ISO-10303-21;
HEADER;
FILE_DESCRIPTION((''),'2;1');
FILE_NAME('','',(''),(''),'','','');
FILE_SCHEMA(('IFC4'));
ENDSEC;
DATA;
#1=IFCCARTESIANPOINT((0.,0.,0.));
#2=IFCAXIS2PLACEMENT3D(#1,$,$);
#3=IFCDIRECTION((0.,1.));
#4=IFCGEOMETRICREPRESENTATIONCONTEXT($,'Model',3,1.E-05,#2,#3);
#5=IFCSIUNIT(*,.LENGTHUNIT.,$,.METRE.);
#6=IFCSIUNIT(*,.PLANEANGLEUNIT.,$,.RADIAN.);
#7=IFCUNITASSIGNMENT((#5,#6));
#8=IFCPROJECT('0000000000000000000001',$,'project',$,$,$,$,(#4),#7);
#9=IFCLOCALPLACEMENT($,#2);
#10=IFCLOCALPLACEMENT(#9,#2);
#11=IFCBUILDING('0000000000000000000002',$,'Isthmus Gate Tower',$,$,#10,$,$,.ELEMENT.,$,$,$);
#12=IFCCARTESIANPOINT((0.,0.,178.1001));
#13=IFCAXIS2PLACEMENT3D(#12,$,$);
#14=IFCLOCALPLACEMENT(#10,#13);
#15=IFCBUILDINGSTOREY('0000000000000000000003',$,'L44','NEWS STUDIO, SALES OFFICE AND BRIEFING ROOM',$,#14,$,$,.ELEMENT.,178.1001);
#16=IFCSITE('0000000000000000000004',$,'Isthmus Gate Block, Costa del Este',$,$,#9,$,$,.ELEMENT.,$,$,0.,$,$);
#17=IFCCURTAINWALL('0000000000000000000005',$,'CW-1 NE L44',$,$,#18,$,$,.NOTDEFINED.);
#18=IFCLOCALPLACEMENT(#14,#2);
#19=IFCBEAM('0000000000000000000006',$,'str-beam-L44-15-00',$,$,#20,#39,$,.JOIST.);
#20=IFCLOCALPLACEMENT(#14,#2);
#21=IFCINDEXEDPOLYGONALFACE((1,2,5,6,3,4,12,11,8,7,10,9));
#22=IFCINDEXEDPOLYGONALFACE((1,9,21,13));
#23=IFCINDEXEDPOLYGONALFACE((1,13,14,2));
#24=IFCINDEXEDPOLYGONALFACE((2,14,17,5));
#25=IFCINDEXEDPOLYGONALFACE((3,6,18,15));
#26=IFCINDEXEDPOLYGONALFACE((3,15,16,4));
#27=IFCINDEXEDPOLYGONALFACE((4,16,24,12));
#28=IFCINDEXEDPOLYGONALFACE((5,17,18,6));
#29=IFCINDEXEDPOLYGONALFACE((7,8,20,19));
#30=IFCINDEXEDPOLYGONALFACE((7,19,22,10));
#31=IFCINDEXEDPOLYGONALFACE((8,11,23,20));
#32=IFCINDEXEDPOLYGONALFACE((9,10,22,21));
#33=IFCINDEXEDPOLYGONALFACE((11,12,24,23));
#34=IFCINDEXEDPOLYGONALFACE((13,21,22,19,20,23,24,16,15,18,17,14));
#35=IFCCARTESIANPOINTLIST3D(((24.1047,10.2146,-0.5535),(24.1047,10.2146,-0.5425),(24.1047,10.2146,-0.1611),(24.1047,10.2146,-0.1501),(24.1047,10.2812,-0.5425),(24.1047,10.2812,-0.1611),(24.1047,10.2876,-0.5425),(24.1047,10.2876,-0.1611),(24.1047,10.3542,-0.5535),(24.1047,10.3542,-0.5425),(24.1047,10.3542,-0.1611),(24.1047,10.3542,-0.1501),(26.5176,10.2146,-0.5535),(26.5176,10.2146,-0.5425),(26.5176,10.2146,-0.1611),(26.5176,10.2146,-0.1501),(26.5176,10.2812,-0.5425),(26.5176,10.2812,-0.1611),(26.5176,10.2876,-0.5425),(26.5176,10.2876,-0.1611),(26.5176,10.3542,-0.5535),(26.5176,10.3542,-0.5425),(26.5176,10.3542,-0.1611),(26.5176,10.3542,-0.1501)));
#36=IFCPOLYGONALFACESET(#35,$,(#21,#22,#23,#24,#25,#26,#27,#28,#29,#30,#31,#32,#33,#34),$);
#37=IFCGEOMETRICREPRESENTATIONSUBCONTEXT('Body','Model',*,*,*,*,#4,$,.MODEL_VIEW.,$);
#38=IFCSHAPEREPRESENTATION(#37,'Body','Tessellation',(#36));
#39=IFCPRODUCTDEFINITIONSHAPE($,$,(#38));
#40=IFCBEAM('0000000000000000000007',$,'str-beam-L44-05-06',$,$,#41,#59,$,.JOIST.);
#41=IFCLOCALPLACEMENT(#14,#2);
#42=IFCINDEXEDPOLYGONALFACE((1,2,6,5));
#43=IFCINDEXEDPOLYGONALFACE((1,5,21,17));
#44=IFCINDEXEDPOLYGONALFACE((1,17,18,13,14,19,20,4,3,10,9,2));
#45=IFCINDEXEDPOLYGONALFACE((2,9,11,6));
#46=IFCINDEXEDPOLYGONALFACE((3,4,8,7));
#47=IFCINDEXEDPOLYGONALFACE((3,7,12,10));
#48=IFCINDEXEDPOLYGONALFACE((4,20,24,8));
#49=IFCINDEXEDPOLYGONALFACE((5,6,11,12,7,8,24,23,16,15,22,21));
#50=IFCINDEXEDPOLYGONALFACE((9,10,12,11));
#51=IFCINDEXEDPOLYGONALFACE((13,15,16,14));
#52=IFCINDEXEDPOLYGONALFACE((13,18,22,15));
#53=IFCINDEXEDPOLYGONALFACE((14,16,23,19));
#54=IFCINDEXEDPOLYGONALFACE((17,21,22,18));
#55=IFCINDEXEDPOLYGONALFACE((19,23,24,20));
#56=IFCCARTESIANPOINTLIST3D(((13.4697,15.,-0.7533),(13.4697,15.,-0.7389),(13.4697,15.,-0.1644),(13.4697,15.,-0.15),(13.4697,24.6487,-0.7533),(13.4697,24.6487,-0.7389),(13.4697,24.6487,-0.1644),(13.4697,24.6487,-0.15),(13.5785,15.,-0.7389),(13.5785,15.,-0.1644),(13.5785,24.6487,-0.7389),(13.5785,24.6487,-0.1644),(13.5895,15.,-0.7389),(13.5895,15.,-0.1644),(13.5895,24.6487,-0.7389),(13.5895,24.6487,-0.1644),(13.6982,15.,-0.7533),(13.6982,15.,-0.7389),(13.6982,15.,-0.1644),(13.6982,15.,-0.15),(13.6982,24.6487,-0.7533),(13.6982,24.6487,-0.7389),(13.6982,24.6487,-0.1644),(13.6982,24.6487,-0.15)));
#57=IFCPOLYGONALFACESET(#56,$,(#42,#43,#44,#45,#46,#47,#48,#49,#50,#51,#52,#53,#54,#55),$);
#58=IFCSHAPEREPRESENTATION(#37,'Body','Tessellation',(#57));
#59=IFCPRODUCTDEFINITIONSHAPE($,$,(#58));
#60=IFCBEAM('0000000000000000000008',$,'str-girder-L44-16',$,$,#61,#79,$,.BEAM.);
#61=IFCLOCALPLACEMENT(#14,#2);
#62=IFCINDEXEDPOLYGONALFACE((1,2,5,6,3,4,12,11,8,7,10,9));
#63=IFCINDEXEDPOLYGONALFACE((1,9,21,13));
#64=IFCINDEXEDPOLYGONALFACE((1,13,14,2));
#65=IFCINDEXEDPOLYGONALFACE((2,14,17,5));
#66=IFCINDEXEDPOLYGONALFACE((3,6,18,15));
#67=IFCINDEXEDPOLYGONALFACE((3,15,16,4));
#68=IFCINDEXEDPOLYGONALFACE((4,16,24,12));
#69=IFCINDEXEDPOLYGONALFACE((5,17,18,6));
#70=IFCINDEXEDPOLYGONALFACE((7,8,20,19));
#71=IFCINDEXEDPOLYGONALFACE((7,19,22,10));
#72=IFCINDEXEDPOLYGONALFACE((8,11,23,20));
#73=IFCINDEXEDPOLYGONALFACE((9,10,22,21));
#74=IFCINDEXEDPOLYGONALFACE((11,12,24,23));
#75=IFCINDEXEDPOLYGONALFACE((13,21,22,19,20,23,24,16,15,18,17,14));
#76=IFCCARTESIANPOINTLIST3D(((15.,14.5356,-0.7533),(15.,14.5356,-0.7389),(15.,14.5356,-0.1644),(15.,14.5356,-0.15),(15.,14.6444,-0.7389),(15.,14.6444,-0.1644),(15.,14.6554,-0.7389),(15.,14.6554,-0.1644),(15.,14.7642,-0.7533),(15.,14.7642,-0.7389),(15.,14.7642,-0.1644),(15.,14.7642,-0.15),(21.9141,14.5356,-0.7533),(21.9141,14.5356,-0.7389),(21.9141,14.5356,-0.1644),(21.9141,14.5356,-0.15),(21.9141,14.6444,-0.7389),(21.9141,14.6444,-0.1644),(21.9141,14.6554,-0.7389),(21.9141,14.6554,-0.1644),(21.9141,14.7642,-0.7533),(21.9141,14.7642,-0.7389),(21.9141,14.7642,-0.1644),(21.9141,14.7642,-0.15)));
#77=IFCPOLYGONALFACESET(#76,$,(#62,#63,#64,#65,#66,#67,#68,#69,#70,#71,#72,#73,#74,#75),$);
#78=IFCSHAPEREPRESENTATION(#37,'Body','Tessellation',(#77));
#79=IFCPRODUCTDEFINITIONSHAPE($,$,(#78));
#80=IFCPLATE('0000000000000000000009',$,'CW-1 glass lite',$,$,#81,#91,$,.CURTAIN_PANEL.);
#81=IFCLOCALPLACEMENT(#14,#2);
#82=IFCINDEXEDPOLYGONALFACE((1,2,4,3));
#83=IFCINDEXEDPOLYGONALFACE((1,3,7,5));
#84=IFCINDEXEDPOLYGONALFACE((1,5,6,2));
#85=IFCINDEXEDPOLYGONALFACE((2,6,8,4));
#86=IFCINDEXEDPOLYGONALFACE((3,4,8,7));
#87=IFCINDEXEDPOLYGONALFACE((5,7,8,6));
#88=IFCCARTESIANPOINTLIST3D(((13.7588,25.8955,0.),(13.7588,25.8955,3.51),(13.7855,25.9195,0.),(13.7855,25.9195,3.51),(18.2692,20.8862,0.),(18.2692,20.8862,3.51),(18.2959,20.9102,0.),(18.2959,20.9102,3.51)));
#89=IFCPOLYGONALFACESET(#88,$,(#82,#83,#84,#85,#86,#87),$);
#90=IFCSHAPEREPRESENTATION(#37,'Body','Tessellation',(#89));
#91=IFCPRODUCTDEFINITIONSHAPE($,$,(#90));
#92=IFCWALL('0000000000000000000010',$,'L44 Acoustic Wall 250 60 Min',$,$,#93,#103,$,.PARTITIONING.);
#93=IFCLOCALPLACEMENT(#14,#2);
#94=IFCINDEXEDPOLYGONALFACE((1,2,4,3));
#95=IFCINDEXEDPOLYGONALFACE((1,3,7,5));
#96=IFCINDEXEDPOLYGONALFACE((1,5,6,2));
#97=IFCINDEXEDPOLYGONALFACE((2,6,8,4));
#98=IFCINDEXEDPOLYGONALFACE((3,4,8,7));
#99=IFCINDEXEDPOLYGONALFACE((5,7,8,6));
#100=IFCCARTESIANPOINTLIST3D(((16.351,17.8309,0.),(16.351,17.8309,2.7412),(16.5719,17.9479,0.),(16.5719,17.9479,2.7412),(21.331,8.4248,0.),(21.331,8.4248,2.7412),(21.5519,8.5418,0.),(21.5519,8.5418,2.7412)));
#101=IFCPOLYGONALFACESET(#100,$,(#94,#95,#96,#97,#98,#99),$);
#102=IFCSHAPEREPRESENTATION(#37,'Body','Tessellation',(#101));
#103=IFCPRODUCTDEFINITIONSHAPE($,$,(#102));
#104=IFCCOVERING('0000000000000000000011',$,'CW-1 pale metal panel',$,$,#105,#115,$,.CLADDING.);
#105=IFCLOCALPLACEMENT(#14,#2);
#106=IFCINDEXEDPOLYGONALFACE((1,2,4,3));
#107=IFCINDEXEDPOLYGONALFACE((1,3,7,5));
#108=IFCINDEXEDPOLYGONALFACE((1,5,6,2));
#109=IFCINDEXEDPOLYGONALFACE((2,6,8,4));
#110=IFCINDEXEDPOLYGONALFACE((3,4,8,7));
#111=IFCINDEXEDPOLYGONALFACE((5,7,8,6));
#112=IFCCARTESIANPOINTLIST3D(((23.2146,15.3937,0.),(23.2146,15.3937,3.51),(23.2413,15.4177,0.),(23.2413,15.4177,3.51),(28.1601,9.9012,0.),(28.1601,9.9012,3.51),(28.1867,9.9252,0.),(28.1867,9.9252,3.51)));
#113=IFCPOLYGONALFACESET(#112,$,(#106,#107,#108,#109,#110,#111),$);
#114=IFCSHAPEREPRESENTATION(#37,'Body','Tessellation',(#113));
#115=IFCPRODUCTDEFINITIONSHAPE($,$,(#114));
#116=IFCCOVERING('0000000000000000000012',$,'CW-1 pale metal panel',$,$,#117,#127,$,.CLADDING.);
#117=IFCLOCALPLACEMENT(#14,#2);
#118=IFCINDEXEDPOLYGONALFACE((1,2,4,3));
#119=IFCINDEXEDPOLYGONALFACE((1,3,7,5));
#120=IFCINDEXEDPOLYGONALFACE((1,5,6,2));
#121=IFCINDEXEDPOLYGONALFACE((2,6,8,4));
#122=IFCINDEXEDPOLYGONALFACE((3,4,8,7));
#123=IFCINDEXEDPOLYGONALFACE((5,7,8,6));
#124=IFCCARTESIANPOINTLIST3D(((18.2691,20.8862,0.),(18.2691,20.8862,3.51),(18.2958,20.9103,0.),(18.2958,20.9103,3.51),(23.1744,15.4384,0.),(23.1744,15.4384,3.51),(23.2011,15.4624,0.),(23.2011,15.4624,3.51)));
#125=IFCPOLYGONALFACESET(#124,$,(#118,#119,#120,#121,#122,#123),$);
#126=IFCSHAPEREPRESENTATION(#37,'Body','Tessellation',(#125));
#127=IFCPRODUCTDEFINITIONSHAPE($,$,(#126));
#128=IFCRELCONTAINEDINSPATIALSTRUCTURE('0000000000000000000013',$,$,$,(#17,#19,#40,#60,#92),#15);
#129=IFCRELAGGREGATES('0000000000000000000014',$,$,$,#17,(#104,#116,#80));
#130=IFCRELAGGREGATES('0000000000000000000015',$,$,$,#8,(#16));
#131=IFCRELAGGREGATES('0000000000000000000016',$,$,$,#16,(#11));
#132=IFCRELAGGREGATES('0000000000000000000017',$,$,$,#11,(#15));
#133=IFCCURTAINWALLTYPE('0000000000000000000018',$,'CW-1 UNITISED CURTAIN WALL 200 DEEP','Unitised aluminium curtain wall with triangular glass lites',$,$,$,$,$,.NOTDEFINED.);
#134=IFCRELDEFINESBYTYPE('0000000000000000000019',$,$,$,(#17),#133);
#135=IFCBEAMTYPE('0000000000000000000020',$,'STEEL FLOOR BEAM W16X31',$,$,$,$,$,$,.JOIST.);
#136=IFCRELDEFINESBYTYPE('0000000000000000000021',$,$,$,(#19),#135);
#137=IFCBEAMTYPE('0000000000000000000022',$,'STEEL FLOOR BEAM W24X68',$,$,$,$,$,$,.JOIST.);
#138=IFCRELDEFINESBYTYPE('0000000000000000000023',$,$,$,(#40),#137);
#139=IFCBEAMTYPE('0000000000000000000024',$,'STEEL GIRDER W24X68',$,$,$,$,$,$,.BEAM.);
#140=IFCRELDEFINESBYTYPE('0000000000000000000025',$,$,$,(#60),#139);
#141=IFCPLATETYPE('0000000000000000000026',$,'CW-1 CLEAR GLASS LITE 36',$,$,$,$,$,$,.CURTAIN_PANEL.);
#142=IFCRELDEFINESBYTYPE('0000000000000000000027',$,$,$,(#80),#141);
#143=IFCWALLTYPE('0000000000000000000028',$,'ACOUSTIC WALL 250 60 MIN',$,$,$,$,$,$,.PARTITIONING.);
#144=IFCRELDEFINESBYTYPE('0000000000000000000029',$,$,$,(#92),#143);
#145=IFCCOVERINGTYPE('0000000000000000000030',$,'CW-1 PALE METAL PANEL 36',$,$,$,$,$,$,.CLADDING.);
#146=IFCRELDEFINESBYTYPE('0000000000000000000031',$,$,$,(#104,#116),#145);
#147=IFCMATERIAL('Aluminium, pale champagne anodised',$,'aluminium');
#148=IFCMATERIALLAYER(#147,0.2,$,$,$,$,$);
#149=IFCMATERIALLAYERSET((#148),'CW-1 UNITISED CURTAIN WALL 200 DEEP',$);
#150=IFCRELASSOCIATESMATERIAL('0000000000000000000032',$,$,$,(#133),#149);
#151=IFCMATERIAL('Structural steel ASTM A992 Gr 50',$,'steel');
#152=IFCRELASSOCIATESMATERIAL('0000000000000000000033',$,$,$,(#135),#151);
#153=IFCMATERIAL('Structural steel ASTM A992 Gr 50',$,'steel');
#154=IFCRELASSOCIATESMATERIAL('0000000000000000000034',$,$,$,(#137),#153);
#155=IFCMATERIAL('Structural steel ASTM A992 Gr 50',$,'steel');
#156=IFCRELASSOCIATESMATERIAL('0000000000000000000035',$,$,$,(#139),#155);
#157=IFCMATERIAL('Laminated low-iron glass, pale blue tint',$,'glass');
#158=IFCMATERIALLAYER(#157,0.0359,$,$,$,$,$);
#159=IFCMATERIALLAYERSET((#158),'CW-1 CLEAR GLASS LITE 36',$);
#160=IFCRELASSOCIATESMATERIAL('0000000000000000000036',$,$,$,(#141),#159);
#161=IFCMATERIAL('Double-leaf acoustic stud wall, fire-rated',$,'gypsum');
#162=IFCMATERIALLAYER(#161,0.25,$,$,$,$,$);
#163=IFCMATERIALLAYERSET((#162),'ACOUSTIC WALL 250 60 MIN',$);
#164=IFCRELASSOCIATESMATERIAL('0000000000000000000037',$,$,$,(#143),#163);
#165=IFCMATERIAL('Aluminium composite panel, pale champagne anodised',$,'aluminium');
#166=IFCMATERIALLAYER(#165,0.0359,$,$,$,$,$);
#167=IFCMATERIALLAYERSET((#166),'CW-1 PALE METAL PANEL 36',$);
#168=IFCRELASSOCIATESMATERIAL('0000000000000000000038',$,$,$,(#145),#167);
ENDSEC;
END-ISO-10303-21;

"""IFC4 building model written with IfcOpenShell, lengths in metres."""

from ifc_helpers import new_model, si_unit, direction, frame, frame_2d, origin, origin_2d, place, context, subcontext, project, spatial, rectangle, i_section, extrude, material, layer, layer_set, material_profile, profile_set, type_object, element, aggregate, save


model = new_model("IFC4")

# Units and contexts
model_context = context("Model", 3, precision=1e-05, world=origin(), true_north=direction((0.0, 1.0)))
body_context = subcontext(model_context, "Body", "Model", "MODEL_VIEW")
ifc_project = project(units=[si_unit("LENGTHUNIT", "METRE"), si_unit("PLANEANGLEUNIT", "RADIAN")], contexts=[model_context])

# Site, building, storey
site_placement = place(None, origin())
site = spatial("IfcSite", under=ifc_project, at=site_placement, Name="Isthmus Gate Block, Costa del Este", CompositionType="ELEMENT", RefElevation=0.0)
building_placement = place(site_placement, origin())
building = spatial("IfcBuilding", under=site, at=building_placement, Name="Isthmus Gate Tower", CompositionType="ELEMENT")
storey_placement = place(building_placement, frame((0.0, 0.0, 178.1001)))
storey = spatial("IfcBuildingStorey", under=building, at=storey_placement, Name="L44", Description="NEWS STUDIO, SALES OFFICE AND BRIEFING ROOM", CompositionType="ELEMENT", Elevation=178.1001)

# Curtain wall
ifc_material_1 = material(Name="Aluminium, pale champagne anodised", Category="aluminium")
ifc_layer_1 = layer(ifc_material_1, 0.2)
ifc_layer_set_1 = layer_set([ifc_layer_1], Name="CW-1 UNITISED CURTAIN WALL 200 DEEP")
curtain_wall_type = type_object("IfcCurtainWallType", Name="CW-1 UNITISED CURTAIN WALL 200 DEEP", Description="Unitised aluminium curtain wall with triangular glass lites", PredefinedType="NOTDEFINED", material=ifc_layer_set_1)
curtain_wall_1_placement = place(storey_placement, origin())
curtain_wall_1 = element("IfcCurtainWall", 1, at=curtain_wall_1_placement, inside=storey, type_object=curtain_wall_type, Name="CW-1 NE L44", PredefinedType="NOTDEFINED")

# Beams
ifc_material_2 = material(Name="Structural steel ASTM A992 Gr 50", Category="steel")
ifc_material_profile_1 = material_profile(ifc_material_2, i_section(OverallWidth=0.1396, OverallDepth=0.4033, WebThickness=0.0063, FlangeThickness=0.011, at=origin_2d()), Name="W16X31")
ifc_profile_set_1 = profile_set([ifc_material_profile_1], Name="Structural steel ASTM A992 Gr 50")
beam_type_1 = type_object("IfcBeamType", Name="STEEL FLOOR BEAM W16X31", PredefinedType="JOIST", material=ifc_profile_set_1)
beam_1_placement = place(storey_placement, frame((24.1047, 10.2844, -0.3518), z_axis=(1.0, 0.0, 0.0), x_axis=(0.0, 1.0, 0.0)))
element("IfcBeam", 2, at=beam_1_placement, inside=storey, type_object=beam_type_1, Name="str-beam-L44-15-00", PredefinedType="JOIST", context=body_context, shape_type="SweptSolid", body=[
    extrude(i_section(OverallWidth=0.1396, OverallDepth=0.4033, WebThickness=0.0063, FlangeThickness=0.011, at=origin_2d()), origin(), (0.0, 0.0, 1.0), 2.4128),
])
ifc_material_3 = material(Name="Structural steel ASTM A992 Gr 50", Category="steel")
ifc_material_profile_2 = material_profile(ifc_material_3, i_section(OverallWidth=0.2285, OverallDepth=0.6033, WebThickness=0.011, FlangeThickness=0.0144, at=origin_2d()), Name="W24X68")
ifc_profile_set_2 = profile_set([ifc_material_profile_2], Name="Structural steel ASTM A992 Gr 50")
beam_type_2 = type_object("IfcBeamType", Name="STEEL FLOOR BEAM W24X68", PredefinedType="JOIST", material=ifc_profile_set_2)
beam_2_placement = place(storey_placement, frame((13.584, 15.0, -0.4517), z_axis=(0.0, 1.0, 0.0), x_axis=(-1.0, 0.0, 0.0)))
element("IfcBeam", 3, at=beam_2_placement, inside=storey, type_object=beam_type_2, Name="str-beam-L44-05-06", PredefinedType="JOIST", context=body_context, shape_type="SweptSolid", body=[
    extrude(i_section(OverallWidth=0.2285, OverallDepth=0.6033, WebThickness=0.011, FlangeThickness=0.0144, at=origin_2d()), origin(), (0.0, 0.0, 1.0), 9.6487),
])
ifc_material_4 = material(Name="Structural steel ASTM A992 Gr 50", Category="steel")
ifc_material_profile_3 = material_profile(ifc_material_4, i_section(OverallWidth=0.2285, OverallDepth=0.6033, WebThickness=0.011, FlangeThickness=0.0144, at=origin_2d()), Name="W24X68")
ifc_profile_set_3 = profile_set([ifc_material_profile_3], Name="Structural steel ASTM A992 Gr 50")
beam_type_3 = type_object("IfcBeamType", Name="STEEL GIRDER W24X68", PredefinedType="BEAM", material=ifc_profile_set_3)
beam_3_placement = place(storey_placement, frame((15.0, 14.6499, -0.4517), z_axis=(1.0, 0.0, 0.0), x_axis=(0.0, 1.0, 0.0)))
element("IfcBeam", 4, at=beam_3_placement, inside=storey, type_object=beam_type_3, Name="str-girder-L44-16", PredefinedType="BEAM", context=body_context, shape_type="SweptSolid", body=[
    extrude(i_section(OverallWidth=0.2285, OverallDepth=0.6033, WebThickness=0.011, FlangeThickness=0.0144, at=origin_2d()), origin(), (0.0, 0.0, 1.0), 6.9141),
])

# Plate
ifc_material_5 = material(Name="Laminated low-iron glass, pale blue tint", Category="glass")
ifc_layer_2 = layer(ifc_material_5, 0.0359)
ifc_layer_set_2 = layer_set([ifc_layer_2], Name="CW-1 CLEAR GLASS LITE 36")
plate_type = type_object("IfcPlateType", Name="CW-1 CLEAR GLASS LITE 36", PredefinedType="CURTAIN_PANEL", material=ifc_layer_set_2)
plate_placement = place(storey_placement, frame((16.0273, 23.4028, 0.0), z_axis=(0.0, 0.0, 1.0), x_axis=(-0.669131, 0.743145, 0.0)))
plate = element("IfcPlate", 5, at=plate_placement, type_object=plate_type, Name="CW-1 glass lite", PredefinedType="CURTAIN_PANEL", context=body_context, shape_type="SweptSolid", body=[
    extrude(rectangle(XDim=6.7407, YDim=0.0359, at=origin_2d()), origin(), (0.0, 0.0, 1.0), 3.51),
])

# Wall
ifc_material_6 = material(Name="Double-leaf acoustic stud wall, fire-rated", Category="gypsum")
ifc_layer_3 = layer(ifc_material_6, 0.25)
ifc_layer_set_3 = layer_set([ifc_layer_3], Name="ACOUSTIC WALL 250 60 MIN")
wall_type = type_object("IfcWallType", Name="ACOUSTIC WALL 250 60 MIN", PredefinedType="PARTITIONING", material=ifc_layer_set_3)
wall_placement = place(storey_placement, frame((16.4614, 17.8894, 0.0), z_axis=(0.0, 0.0, 1.0), x_axis=(0.467912, -0.883775, 0.0)))
element("IfcWall", 6, at=wall_placement, inside=storey, type_object=wall_type, Name="L44 Acoustic Wall 250 60 Min", PredefinedType="PARTITIONING", context=body_context, shape_type="SweptSolid", body=[
    extrude(rectangle(XDim=10.6431, YDim=0.25, at=frame_2d((5.3215, 0.0))), origin(), (0.0, 0.0, 1.0), 2.7412),
])

# Coverings
ifc_material_7 = material(Name="Aluminium composite panel, pale champagne anodised", Category="aluminium")
ifc_layer_4 = layer(ifc_material_7, 0.0359)
ifc_layer_set_4 = layer_set([ifc_layer_4], Name="CW-1 PALE METAL PANEL 36")
covering_type = type_object("IfcCoveringType", Name="CW-1 PALE METAL PANEL 36", PredefinedType="CLADDING", material=ifc_layer_set_4)
covering_1_placement = place(storey_placement, frame((25.7007, 12.6594, 0.0), z_axis=(0.0, 0.0, 1.0), x_axis=(-0.669131, 0.743145, 0.0)))
covering_1 = element("IfcCovering", 7, at=covering_1_placement, type_object=covering_type, Name="CW-1 pale metal panel", PredefinedType="CLADDING", context=body_context, shape_type="SweptSolid", body=[
    extrude(rectangle(XDim=7.3909, YDim=0.0359, at=origin_2d()), origin(), (0.0, 0.0, 1.0), 3.51),
])
covering_2_placement = place(storey_placement, frame((20.7351, 18.1743, 0.0), z_axis=(0.0, 0.0, 1.0), x_axis=(-0.669131, 0.743145, 0.0)))
covering_2 = element("IfcCovering", 8, at=covering_2_placement, type_object=covering_type, Name="CW-1 pale metal panel", PredefinedType="CLADDING", context=body_context, shape_type="SweptSolid", body=[
    extrude(rectangle(XDim=7.3308, YDim=0.0359, at=origin_2d()), origin(), (0.0, 0.0, 1.0), 3.51),
])
aggregate(curtain_wall_1, [covering_1, covering_2, plate])

save(model, "model.ifc")
